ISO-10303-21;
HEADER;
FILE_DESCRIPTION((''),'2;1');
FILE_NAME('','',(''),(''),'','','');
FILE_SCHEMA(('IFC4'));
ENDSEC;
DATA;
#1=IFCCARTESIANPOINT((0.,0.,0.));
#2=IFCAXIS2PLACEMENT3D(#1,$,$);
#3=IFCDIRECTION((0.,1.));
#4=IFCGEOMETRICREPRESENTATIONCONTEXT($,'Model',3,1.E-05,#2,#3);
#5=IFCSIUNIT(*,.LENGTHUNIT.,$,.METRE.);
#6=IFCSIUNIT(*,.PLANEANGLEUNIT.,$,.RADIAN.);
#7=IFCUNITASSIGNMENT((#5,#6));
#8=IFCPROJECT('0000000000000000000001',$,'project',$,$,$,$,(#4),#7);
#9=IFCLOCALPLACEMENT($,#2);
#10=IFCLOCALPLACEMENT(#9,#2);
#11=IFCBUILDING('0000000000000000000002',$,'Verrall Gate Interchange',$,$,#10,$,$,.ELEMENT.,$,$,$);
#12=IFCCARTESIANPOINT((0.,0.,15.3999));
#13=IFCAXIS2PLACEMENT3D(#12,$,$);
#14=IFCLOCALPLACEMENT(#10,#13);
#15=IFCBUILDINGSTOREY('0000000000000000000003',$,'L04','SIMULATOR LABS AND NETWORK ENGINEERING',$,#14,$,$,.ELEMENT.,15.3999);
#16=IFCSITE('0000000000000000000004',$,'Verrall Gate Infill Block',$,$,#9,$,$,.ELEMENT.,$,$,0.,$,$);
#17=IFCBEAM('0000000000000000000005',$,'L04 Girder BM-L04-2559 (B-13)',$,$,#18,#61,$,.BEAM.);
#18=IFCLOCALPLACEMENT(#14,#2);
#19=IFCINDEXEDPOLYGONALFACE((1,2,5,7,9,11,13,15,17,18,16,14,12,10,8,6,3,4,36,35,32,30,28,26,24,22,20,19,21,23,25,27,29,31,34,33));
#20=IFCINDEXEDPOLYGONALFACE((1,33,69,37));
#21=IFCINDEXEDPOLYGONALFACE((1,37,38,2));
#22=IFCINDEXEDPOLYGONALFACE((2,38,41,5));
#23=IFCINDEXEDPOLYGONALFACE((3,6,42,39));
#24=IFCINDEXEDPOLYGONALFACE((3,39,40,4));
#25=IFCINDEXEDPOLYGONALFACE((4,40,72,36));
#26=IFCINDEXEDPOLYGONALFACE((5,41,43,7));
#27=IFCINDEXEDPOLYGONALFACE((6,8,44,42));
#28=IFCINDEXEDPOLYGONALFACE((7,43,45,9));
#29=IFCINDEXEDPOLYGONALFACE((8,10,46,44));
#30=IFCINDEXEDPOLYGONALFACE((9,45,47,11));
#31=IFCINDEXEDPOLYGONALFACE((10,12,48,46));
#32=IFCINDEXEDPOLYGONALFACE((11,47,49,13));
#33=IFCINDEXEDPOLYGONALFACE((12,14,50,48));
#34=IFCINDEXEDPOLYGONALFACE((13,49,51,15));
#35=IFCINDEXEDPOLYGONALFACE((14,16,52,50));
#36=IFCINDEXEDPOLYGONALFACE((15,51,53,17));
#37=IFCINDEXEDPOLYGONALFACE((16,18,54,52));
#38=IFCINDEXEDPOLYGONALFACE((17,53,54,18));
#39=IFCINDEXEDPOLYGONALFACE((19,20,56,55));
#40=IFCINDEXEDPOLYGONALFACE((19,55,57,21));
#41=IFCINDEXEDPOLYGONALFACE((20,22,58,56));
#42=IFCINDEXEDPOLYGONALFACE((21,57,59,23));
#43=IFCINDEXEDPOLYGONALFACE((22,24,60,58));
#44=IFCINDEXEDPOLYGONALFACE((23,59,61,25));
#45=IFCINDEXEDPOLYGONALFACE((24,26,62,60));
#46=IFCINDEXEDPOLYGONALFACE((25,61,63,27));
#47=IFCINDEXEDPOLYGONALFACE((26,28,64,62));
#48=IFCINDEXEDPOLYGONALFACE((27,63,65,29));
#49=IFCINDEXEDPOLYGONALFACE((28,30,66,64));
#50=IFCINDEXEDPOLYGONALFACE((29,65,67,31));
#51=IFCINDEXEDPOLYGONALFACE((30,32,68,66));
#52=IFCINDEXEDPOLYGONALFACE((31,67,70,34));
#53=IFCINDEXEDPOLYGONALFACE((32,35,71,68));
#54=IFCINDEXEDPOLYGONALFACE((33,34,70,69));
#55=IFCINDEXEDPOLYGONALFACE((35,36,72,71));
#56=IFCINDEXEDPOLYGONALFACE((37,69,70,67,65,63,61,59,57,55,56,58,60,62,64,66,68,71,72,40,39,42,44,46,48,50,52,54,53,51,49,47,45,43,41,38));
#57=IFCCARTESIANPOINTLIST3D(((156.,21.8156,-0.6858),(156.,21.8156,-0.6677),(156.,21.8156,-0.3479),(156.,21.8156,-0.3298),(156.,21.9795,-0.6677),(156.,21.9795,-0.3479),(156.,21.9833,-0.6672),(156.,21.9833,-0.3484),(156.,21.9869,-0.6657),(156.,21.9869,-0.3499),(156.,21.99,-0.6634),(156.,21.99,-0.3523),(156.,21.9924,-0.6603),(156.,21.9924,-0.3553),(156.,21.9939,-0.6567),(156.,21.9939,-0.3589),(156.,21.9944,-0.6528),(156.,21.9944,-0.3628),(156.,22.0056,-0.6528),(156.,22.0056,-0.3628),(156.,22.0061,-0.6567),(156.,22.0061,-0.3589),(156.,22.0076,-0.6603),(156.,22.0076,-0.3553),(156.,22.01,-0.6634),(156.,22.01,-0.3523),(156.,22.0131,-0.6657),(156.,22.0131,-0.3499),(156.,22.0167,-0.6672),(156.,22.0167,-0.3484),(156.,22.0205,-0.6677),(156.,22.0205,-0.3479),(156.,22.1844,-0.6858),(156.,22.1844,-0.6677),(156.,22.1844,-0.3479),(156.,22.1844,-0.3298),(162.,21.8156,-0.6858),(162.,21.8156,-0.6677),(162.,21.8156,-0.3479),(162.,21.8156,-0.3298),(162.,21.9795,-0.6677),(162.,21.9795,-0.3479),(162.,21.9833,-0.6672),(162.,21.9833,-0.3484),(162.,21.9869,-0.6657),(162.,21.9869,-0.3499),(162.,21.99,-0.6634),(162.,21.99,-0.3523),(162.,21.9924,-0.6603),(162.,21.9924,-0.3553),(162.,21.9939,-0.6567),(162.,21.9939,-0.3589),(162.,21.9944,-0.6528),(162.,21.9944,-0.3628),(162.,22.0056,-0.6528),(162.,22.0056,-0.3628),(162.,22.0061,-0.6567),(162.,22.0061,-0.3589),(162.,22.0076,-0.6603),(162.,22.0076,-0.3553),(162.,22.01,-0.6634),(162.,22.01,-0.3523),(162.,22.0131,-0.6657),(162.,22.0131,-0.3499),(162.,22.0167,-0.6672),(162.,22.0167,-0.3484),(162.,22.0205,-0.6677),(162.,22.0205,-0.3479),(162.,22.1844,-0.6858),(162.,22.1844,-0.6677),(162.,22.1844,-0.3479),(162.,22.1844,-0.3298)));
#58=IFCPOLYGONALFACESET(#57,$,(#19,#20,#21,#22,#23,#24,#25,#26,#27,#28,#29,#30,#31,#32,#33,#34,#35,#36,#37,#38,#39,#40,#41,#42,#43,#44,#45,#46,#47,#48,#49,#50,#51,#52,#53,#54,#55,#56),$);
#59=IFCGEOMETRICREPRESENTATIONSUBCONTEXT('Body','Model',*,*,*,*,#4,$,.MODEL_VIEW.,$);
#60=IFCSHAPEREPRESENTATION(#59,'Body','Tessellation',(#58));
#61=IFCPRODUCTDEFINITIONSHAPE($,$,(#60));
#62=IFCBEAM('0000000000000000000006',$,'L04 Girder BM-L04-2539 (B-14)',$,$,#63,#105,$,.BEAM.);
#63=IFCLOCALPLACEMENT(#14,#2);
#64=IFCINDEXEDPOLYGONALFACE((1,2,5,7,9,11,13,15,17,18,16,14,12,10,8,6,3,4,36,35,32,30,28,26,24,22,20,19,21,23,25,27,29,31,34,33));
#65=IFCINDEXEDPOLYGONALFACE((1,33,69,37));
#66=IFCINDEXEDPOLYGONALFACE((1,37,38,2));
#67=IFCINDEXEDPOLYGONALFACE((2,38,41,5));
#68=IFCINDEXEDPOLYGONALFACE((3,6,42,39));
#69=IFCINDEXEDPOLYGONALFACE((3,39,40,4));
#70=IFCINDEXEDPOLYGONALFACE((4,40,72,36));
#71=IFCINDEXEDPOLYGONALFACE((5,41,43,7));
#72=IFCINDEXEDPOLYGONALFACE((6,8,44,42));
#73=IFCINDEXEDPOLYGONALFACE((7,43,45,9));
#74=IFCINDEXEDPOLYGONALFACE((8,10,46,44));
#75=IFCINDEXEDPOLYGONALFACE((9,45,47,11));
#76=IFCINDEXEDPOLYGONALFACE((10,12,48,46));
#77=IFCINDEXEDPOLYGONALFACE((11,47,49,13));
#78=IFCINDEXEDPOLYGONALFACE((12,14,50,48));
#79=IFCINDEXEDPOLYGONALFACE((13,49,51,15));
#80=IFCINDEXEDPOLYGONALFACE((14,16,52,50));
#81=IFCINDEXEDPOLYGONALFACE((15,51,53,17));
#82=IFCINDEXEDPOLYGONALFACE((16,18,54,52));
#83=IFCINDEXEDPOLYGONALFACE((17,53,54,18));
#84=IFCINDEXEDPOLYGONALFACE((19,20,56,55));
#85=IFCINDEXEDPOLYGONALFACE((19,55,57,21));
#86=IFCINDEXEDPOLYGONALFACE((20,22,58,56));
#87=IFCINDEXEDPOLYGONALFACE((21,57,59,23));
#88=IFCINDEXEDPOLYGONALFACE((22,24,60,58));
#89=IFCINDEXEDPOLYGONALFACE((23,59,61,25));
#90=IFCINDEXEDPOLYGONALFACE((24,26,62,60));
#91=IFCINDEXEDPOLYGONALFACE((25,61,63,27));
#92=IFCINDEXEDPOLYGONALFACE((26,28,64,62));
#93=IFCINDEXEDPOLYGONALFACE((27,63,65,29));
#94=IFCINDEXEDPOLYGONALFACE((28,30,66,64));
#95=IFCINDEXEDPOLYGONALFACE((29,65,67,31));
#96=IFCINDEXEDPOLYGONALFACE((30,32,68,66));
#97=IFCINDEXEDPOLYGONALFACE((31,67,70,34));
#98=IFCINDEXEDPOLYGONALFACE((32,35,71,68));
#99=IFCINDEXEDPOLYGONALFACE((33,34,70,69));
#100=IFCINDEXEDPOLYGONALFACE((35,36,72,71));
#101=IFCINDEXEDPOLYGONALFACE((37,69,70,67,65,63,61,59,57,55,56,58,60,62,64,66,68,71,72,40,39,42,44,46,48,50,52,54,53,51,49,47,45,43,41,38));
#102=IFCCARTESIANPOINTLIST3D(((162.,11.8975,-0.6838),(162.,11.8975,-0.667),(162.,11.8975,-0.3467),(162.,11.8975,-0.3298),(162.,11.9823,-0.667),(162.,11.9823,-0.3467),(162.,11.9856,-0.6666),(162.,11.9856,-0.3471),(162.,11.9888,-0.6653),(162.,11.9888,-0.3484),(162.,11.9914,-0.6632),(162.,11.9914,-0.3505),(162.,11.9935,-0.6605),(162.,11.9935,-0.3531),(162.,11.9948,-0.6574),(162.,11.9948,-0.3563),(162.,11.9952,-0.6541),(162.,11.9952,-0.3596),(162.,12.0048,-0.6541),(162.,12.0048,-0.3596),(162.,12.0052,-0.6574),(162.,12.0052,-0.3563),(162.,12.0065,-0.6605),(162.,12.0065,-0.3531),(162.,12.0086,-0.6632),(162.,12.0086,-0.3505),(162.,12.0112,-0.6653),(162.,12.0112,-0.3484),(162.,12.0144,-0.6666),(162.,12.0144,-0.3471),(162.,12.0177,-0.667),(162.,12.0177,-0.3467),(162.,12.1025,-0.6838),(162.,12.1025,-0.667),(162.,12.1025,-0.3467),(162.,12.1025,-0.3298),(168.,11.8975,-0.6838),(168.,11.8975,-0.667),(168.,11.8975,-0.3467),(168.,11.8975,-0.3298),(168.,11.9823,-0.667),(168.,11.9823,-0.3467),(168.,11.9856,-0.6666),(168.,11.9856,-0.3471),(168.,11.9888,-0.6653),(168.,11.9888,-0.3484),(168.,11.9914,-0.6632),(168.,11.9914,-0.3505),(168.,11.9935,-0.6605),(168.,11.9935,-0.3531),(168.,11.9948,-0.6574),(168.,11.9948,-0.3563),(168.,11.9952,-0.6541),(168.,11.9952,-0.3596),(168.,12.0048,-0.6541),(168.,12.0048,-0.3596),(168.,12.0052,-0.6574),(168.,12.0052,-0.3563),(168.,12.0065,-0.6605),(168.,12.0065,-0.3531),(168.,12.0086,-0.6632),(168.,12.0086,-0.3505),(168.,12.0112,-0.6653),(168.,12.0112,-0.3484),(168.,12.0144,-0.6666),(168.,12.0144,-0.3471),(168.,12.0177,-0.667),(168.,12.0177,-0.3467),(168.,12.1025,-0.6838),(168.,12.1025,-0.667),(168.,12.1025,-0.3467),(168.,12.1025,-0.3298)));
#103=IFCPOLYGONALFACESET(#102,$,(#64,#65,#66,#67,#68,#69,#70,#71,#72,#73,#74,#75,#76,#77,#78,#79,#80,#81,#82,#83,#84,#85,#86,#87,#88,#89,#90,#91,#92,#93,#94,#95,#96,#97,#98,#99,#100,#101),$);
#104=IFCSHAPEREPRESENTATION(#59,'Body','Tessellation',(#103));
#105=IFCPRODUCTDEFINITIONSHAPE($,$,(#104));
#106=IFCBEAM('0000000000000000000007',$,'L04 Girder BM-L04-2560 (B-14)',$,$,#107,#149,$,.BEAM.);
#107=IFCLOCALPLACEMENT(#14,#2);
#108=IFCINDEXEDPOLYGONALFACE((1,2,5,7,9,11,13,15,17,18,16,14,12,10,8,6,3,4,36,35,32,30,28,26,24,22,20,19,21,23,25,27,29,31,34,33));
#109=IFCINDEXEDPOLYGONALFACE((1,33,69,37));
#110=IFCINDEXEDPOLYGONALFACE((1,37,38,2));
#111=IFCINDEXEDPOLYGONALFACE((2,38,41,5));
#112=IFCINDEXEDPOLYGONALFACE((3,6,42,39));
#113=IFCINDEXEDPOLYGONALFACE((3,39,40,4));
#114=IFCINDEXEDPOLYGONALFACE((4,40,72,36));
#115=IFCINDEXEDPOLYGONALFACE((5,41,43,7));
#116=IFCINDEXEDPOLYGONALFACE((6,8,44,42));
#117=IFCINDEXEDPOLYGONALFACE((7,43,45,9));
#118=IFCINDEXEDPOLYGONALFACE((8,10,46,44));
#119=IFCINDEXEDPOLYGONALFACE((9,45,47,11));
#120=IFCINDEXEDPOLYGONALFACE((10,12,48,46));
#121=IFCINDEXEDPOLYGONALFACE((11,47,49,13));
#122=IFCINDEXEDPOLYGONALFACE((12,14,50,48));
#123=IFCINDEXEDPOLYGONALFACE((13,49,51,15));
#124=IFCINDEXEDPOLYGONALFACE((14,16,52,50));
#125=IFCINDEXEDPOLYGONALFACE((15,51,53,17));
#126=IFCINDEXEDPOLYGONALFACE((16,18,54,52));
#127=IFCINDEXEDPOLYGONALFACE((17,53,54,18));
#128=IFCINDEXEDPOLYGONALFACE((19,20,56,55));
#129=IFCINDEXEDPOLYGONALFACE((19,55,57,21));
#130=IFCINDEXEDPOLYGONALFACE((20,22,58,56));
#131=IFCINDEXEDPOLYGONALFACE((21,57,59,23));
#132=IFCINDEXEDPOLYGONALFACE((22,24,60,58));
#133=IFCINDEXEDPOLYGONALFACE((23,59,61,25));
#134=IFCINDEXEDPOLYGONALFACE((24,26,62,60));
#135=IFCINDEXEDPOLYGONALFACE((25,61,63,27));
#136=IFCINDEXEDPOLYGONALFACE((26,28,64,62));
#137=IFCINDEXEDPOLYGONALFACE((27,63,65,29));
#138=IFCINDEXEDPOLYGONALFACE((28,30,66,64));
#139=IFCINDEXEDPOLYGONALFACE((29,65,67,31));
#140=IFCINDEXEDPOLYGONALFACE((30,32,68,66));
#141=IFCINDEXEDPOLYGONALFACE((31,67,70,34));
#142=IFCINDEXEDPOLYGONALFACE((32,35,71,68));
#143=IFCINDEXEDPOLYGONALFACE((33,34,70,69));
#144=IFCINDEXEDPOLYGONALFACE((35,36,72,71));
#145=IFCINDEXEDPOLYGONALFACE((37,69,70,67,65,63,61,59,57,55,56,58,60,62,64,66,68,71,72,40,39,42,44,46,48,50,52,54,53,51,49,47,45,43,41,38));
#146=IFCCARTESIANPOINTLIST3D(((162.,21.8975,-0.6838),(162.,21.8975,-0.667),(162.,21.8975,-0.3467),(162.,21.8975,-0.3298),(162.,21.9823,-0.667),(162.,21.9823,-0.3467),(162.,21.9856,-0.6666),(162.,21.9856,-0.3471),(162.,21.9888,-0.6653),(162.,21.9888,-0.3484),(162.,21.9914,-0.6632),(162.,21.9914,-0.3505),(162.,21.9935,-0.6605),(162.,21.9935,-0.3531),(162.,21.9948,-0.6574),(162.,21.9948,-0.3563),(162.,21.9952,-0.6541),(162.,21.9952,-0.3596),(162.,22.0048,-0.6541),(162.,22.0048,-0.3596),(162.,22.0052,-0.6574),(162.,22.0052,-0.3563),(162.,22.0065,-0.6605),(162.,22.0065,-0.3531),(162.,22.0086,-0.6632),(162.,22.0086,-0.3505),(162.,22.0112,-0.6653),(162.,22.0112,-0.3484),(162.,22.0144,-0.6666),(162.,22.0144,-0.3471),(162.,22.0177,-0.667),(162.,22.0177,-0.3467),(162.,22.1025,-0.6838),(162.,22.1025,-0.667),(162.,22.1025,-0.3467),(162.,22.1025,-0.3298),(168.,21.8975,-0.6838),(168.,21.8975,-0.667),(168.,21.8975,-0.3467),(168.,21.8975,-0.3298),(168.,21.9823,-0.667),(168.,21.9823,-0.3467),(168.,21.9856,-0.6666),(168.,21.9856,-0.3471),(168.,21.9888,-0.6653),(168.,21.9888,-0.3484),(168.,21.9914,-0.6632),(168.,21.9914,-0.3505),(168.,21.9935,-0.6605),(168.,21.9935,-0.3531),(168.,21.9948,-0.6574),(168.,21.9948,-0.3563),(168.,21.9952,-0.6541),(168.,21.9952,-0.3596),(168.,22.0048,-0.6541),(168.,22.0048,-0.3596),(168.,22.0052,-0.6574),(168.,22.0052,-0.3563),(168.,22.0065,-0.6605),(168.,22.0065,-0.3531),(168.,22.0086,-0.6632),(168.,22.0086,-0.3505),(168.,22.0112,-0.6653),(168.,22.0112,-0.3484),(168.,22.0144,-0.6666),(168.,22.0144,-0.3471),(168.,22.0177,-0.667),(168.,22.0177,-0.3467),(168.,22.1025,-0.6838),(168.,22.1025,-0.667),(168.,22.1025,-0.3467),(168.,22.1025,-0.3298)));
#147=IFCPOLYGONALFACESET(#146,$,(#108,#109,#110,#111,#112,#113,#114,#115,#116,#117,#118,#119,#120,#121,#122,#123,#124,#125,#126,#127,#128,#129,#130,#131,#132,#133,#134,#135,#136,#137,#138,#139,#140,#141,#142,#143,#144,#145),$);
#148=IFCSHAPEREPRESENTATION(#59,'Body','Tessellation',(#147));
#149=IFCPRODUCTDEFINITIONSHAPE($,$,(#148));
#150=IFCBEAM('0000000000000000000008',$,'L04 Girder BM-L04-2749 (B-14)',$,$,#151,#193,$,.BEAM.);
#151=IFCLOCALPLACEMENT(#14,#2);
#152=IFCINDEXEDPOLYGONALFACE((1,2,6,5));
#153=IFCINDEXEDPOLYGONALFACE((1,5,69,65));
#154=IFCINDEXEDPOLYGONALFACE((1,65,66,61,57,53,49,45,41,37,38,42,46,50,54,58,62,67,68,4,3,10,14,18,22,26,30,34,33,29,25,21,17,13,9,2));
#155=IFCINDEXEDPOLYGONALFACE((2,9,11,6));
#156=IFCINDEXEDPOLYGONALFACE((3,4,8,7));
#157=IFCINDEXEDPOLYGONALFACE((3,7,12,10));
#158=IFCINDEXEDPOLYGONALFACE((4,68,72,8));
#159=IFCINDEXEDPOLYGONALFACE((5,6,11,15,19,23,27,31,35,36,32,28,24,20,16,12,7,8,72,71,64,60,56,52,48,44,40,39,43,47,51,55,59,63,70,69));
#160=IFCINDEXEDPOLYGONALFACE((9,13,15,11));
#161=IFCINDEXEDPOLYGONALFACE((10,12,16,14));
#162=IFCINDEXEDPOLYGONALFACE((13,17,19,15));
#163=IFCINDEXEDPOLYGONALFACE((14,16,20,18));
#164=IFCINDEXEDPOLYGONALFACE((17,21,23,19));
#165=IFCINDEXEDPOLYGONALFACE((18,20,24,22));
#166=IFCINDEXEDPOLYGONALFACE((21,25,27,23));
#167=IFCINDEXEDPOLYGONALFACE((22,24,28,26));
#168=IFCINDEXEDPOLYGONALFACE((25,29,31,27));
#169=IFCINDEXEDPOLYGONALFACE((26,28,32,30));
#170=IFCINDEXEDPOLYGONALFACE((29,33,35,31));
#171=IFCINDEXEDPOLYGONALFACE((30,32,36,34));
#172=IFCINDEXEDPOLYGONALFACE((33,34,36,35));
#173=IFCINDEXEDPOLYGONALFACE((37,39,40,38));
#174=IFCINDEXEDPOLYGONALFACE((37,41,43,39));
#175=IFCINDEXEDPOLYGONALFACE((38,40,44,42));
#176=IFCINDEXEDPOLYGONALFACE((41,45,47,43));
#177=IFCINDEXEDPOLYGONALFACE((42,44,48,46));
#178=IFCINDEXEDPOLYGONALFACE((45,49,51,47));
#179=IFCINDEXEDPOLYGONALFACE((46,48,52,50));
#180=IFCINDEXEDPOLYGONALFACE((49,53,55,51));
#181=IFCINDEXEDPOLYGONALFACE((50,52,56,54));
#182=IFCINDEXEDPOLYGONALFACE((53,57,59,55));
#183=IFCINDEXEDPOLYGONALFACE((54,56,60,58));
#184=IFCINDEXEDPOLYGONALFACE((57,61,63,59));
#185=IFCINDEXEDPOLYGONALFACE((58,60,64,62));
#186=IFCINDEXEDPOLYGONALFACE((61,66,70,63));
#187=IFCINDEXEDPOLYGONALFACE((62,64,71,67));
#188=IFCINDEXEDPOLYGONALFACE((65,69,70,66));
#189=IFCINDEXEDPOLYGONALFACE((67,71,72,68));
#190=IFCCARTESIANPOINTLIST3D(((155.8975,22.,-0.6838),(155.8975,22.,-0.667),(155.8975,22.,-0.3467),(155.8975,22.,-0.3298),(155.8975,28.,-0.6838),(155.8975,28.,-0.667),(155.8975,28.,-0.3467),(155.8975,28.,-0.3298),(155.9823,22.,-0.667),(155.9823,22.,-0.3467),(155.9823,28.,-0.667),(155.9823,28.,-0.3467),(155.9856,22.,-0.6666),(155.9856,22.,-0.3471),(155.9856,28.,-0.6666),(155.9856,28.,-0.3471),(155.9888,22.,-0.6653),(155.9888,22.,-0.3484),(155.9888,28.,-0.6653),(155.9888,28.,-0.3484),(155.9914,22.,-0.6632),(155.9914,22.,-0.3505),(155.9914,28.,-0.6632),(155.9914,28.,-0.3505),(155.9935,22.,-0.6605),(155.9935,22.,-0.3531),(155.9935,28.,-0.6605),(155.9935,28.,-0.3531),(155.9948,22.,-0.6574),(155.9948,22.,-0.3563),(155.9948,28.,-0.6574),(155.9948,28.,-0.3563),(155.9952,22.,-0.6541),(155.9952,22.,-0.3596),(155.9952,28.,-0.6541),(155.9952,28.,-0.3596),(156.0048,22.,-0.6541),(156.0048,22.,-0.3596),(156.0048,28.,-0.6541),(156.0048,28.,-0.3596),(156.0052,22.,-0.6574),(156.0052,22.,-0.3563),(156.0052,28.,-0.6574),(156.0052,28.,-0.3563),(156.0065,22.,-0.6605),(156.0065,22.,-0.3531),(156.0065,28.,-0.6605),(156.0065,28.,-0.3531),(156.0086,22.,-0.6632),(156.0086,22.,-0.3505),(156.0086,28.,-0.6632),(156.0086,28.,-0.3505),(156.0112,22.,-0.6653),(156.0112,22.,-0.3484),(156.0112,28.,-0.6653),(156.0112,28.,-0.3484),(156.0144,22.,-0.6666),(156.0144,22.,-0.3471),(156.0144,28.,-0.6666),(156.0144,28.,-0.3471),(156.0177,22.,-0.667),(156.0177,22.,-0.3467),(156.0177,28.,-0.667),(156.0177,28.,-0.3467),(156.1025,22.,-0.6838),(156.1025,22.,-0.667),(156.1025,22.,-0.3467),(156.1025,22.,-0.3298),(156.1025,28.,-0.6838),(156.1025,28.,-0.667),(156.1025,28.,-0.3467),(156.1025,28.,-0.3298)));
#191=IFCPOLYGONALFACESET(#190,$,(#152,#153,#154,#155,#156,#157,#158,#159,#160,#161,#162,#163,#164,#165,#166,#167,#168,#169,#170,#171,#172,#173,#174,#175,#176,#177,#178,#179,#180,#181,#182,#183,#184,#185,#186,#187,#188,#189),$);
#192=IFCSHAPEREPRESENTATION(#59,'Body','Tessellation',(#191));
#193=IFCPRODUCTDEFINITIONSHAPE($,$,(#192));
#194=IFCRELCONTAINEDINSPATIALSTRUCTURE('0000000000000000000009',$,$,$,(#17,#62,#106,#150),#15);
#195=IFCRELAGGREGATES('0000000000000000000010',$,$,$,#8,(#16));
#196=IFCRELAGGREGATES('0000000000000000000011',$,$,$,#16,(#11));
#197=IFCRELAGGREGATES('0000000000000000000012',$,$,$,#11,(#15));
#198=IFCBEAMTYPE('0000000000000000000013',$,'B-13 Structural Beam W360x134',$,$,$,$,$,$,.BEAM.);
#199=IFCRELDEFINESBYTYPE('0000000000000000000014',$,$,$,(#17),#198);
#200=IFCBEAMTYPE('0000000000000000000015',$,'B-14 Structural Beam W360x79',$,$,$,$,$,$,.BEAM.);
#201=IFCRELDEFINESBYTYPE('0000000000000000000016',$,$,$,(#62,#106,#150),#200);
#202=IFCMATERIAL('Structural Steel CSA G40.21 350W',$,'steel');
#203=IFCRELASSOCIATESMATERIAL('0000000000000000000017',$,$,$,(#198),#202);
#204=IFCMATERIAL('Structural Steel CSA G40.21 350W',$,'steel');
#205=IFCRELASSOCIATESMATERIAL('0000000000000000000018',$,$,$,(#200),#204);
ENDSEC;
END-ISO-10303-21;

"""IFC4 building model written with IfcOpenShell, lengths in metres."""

from ifc_helpers import new_model, si_unit, direction, frame, origin, origin_2d, place, context, subcontext, project, spatial, i_section, extrude, material, material_profile, profile_set, type_object, element, save


model = new_model("IFC4")

# Units and contexts
model_context = context("Model", 3, precision=1e-05, world=origin(), true_north=direction((0.0, 1.0)))
body_context = subcontext(model_context, "Body", "Model", "MODEL_VIEW")
ifc_project = project(units=[si_unit("LENGTHUNIT", "METRE"), si_unit("PLANEANGLEUNIT", "RADIAN")], contexts=[model_context])

# Site, building, storey
site_placement = place(None, origin())
site = spatial("IfcSite", under=ifc_project, at=site_placement, Name="Verrall Gate Infill Block", CompositionType="ELEMENT", RefElevation=0.0)
building_placement = place(site_placement, origin())
building = spatial("IfcBuilding", under=site, at=building_placement, Name="Verrall Gate Interchange", CompositionType="ELEMENT")
storey_placement = place(building_placement, frame((0.0, 0.0, 15.3999)))
storey = spatial("IfcBuildingStorey", under=building, at=storey_placement, Name="L04", Description="SIMULATOR LABS AND NETWORK ENGINEERING", CompositionType="ELEMENT", Elevation=15.3999)

# Beams
ifc_material_1 = material(Name="Structural Steel CSA G40.21 350W", Category="steel")
ifc_material_profile_1 = material_profile(ifc_material_1, i_section(OverallWidth=0.3689, OverallDepth=0.356, WebThickness=0.0112, FlangeThickness=0.0181, FilletRadius=0.0149, at=origin_2d()), Name="W360x134")
ifc_profile_set_1 = profile_set([ifc_material_profile_1], Name="Structural Steel CSA G40.21 350W")
beam_type_1 = type_object("IfcBeamType", Name="B-13 Structural Beam W360x134", PredefinedType="BEAM", material=ifc_profile_set_1)
for number, where, z_axis, x_axis, name in (
    (1, (156.0, 22.0, -0.5078), (1.0, 0.0, 0.0), (0.0, 1.0, 0.0), "L04 Girder BM-L04-2559 (B-13)"),
):
    element("IfcBeam", number, at=place(storey_placement, frame(where, z_axis=z_axis, x_axis=x_axis)), inside=storey, type_object=beam_type_1, Name=name, PredefinedType="BEAM", context=body_context, shape_type="SweptSolid", body=[
        extrude(i_section(OverallWidth=0.3689, OverallDepth=0.356, WebThickness=0.0112, FlangeThickness=0.0181, FilletRadius=0.0149, at=origin_2d()), origin(), (0.0, 0.0, 1.0), 6.0),
    ])
ifc_material_2 = material(Name="Structural Steel CSA G40.21 350W", Category="steel")
ifc_material_profile_2 = material_profile(ifc_material_2, i_section(OverallWidth=0.2051, OverallDepth=0.354, WebThickness=0.0095, FlangeThickness=0.0168, FilletRadius=0.0129, at=origin_2d()), Name="W360x79")
ifc_profile_set_2 = profile_set([ifc_material_profile_2], Name="Structural Steel CSA G40.21 350W")
beam_type_2 = type_object("IfcBeamType", Name="B-14 Structural Beam W360x79", PredefinedType="BEAM", material=ifc_profile_set_2)
for number, where, z_axis, x_axis, name in (
    (2, (162.0, 12.0, -0.5068), (1.0, 0.0, 0.0), (0.0, 1.0, 0.0), "L04 Girder BM-L04-2539 (B-14)"),
    (3, (162.0, 22.0, -0.5068), (1.0, 0.0, 0.0), (0.0, 1.0, 0.0), "L04 Girder BM-L04-2560 (B-14)"),
    (4, (156.0, 22.0, -0.5068), (0.0, 1.0, 0.0), (-1.0, 0.0, 0.0), "L04 Girder BM-L04-2749 (B-14)"),
):
    element("IfcBeam", number, at=place(storey_placement, frame(where, z_axis=z_axis, x_axis=x_axis)), inside=storey, type_object=beam_type_2, Name=name, PredefinedType="BEAM", context=body_context, shape_type="SweptSolid", body=[
        extrude(i_section(OverallWidth=0.2051, OverallDepth=0.354, WebThickness=0.0095, FlangeThickness=0.0168, FilletRadius=0.0129, at=origin_2d()), origin(), (0.0, 0.0, 1.0), 6.0),
    ])

save(model, "model.ifc")
